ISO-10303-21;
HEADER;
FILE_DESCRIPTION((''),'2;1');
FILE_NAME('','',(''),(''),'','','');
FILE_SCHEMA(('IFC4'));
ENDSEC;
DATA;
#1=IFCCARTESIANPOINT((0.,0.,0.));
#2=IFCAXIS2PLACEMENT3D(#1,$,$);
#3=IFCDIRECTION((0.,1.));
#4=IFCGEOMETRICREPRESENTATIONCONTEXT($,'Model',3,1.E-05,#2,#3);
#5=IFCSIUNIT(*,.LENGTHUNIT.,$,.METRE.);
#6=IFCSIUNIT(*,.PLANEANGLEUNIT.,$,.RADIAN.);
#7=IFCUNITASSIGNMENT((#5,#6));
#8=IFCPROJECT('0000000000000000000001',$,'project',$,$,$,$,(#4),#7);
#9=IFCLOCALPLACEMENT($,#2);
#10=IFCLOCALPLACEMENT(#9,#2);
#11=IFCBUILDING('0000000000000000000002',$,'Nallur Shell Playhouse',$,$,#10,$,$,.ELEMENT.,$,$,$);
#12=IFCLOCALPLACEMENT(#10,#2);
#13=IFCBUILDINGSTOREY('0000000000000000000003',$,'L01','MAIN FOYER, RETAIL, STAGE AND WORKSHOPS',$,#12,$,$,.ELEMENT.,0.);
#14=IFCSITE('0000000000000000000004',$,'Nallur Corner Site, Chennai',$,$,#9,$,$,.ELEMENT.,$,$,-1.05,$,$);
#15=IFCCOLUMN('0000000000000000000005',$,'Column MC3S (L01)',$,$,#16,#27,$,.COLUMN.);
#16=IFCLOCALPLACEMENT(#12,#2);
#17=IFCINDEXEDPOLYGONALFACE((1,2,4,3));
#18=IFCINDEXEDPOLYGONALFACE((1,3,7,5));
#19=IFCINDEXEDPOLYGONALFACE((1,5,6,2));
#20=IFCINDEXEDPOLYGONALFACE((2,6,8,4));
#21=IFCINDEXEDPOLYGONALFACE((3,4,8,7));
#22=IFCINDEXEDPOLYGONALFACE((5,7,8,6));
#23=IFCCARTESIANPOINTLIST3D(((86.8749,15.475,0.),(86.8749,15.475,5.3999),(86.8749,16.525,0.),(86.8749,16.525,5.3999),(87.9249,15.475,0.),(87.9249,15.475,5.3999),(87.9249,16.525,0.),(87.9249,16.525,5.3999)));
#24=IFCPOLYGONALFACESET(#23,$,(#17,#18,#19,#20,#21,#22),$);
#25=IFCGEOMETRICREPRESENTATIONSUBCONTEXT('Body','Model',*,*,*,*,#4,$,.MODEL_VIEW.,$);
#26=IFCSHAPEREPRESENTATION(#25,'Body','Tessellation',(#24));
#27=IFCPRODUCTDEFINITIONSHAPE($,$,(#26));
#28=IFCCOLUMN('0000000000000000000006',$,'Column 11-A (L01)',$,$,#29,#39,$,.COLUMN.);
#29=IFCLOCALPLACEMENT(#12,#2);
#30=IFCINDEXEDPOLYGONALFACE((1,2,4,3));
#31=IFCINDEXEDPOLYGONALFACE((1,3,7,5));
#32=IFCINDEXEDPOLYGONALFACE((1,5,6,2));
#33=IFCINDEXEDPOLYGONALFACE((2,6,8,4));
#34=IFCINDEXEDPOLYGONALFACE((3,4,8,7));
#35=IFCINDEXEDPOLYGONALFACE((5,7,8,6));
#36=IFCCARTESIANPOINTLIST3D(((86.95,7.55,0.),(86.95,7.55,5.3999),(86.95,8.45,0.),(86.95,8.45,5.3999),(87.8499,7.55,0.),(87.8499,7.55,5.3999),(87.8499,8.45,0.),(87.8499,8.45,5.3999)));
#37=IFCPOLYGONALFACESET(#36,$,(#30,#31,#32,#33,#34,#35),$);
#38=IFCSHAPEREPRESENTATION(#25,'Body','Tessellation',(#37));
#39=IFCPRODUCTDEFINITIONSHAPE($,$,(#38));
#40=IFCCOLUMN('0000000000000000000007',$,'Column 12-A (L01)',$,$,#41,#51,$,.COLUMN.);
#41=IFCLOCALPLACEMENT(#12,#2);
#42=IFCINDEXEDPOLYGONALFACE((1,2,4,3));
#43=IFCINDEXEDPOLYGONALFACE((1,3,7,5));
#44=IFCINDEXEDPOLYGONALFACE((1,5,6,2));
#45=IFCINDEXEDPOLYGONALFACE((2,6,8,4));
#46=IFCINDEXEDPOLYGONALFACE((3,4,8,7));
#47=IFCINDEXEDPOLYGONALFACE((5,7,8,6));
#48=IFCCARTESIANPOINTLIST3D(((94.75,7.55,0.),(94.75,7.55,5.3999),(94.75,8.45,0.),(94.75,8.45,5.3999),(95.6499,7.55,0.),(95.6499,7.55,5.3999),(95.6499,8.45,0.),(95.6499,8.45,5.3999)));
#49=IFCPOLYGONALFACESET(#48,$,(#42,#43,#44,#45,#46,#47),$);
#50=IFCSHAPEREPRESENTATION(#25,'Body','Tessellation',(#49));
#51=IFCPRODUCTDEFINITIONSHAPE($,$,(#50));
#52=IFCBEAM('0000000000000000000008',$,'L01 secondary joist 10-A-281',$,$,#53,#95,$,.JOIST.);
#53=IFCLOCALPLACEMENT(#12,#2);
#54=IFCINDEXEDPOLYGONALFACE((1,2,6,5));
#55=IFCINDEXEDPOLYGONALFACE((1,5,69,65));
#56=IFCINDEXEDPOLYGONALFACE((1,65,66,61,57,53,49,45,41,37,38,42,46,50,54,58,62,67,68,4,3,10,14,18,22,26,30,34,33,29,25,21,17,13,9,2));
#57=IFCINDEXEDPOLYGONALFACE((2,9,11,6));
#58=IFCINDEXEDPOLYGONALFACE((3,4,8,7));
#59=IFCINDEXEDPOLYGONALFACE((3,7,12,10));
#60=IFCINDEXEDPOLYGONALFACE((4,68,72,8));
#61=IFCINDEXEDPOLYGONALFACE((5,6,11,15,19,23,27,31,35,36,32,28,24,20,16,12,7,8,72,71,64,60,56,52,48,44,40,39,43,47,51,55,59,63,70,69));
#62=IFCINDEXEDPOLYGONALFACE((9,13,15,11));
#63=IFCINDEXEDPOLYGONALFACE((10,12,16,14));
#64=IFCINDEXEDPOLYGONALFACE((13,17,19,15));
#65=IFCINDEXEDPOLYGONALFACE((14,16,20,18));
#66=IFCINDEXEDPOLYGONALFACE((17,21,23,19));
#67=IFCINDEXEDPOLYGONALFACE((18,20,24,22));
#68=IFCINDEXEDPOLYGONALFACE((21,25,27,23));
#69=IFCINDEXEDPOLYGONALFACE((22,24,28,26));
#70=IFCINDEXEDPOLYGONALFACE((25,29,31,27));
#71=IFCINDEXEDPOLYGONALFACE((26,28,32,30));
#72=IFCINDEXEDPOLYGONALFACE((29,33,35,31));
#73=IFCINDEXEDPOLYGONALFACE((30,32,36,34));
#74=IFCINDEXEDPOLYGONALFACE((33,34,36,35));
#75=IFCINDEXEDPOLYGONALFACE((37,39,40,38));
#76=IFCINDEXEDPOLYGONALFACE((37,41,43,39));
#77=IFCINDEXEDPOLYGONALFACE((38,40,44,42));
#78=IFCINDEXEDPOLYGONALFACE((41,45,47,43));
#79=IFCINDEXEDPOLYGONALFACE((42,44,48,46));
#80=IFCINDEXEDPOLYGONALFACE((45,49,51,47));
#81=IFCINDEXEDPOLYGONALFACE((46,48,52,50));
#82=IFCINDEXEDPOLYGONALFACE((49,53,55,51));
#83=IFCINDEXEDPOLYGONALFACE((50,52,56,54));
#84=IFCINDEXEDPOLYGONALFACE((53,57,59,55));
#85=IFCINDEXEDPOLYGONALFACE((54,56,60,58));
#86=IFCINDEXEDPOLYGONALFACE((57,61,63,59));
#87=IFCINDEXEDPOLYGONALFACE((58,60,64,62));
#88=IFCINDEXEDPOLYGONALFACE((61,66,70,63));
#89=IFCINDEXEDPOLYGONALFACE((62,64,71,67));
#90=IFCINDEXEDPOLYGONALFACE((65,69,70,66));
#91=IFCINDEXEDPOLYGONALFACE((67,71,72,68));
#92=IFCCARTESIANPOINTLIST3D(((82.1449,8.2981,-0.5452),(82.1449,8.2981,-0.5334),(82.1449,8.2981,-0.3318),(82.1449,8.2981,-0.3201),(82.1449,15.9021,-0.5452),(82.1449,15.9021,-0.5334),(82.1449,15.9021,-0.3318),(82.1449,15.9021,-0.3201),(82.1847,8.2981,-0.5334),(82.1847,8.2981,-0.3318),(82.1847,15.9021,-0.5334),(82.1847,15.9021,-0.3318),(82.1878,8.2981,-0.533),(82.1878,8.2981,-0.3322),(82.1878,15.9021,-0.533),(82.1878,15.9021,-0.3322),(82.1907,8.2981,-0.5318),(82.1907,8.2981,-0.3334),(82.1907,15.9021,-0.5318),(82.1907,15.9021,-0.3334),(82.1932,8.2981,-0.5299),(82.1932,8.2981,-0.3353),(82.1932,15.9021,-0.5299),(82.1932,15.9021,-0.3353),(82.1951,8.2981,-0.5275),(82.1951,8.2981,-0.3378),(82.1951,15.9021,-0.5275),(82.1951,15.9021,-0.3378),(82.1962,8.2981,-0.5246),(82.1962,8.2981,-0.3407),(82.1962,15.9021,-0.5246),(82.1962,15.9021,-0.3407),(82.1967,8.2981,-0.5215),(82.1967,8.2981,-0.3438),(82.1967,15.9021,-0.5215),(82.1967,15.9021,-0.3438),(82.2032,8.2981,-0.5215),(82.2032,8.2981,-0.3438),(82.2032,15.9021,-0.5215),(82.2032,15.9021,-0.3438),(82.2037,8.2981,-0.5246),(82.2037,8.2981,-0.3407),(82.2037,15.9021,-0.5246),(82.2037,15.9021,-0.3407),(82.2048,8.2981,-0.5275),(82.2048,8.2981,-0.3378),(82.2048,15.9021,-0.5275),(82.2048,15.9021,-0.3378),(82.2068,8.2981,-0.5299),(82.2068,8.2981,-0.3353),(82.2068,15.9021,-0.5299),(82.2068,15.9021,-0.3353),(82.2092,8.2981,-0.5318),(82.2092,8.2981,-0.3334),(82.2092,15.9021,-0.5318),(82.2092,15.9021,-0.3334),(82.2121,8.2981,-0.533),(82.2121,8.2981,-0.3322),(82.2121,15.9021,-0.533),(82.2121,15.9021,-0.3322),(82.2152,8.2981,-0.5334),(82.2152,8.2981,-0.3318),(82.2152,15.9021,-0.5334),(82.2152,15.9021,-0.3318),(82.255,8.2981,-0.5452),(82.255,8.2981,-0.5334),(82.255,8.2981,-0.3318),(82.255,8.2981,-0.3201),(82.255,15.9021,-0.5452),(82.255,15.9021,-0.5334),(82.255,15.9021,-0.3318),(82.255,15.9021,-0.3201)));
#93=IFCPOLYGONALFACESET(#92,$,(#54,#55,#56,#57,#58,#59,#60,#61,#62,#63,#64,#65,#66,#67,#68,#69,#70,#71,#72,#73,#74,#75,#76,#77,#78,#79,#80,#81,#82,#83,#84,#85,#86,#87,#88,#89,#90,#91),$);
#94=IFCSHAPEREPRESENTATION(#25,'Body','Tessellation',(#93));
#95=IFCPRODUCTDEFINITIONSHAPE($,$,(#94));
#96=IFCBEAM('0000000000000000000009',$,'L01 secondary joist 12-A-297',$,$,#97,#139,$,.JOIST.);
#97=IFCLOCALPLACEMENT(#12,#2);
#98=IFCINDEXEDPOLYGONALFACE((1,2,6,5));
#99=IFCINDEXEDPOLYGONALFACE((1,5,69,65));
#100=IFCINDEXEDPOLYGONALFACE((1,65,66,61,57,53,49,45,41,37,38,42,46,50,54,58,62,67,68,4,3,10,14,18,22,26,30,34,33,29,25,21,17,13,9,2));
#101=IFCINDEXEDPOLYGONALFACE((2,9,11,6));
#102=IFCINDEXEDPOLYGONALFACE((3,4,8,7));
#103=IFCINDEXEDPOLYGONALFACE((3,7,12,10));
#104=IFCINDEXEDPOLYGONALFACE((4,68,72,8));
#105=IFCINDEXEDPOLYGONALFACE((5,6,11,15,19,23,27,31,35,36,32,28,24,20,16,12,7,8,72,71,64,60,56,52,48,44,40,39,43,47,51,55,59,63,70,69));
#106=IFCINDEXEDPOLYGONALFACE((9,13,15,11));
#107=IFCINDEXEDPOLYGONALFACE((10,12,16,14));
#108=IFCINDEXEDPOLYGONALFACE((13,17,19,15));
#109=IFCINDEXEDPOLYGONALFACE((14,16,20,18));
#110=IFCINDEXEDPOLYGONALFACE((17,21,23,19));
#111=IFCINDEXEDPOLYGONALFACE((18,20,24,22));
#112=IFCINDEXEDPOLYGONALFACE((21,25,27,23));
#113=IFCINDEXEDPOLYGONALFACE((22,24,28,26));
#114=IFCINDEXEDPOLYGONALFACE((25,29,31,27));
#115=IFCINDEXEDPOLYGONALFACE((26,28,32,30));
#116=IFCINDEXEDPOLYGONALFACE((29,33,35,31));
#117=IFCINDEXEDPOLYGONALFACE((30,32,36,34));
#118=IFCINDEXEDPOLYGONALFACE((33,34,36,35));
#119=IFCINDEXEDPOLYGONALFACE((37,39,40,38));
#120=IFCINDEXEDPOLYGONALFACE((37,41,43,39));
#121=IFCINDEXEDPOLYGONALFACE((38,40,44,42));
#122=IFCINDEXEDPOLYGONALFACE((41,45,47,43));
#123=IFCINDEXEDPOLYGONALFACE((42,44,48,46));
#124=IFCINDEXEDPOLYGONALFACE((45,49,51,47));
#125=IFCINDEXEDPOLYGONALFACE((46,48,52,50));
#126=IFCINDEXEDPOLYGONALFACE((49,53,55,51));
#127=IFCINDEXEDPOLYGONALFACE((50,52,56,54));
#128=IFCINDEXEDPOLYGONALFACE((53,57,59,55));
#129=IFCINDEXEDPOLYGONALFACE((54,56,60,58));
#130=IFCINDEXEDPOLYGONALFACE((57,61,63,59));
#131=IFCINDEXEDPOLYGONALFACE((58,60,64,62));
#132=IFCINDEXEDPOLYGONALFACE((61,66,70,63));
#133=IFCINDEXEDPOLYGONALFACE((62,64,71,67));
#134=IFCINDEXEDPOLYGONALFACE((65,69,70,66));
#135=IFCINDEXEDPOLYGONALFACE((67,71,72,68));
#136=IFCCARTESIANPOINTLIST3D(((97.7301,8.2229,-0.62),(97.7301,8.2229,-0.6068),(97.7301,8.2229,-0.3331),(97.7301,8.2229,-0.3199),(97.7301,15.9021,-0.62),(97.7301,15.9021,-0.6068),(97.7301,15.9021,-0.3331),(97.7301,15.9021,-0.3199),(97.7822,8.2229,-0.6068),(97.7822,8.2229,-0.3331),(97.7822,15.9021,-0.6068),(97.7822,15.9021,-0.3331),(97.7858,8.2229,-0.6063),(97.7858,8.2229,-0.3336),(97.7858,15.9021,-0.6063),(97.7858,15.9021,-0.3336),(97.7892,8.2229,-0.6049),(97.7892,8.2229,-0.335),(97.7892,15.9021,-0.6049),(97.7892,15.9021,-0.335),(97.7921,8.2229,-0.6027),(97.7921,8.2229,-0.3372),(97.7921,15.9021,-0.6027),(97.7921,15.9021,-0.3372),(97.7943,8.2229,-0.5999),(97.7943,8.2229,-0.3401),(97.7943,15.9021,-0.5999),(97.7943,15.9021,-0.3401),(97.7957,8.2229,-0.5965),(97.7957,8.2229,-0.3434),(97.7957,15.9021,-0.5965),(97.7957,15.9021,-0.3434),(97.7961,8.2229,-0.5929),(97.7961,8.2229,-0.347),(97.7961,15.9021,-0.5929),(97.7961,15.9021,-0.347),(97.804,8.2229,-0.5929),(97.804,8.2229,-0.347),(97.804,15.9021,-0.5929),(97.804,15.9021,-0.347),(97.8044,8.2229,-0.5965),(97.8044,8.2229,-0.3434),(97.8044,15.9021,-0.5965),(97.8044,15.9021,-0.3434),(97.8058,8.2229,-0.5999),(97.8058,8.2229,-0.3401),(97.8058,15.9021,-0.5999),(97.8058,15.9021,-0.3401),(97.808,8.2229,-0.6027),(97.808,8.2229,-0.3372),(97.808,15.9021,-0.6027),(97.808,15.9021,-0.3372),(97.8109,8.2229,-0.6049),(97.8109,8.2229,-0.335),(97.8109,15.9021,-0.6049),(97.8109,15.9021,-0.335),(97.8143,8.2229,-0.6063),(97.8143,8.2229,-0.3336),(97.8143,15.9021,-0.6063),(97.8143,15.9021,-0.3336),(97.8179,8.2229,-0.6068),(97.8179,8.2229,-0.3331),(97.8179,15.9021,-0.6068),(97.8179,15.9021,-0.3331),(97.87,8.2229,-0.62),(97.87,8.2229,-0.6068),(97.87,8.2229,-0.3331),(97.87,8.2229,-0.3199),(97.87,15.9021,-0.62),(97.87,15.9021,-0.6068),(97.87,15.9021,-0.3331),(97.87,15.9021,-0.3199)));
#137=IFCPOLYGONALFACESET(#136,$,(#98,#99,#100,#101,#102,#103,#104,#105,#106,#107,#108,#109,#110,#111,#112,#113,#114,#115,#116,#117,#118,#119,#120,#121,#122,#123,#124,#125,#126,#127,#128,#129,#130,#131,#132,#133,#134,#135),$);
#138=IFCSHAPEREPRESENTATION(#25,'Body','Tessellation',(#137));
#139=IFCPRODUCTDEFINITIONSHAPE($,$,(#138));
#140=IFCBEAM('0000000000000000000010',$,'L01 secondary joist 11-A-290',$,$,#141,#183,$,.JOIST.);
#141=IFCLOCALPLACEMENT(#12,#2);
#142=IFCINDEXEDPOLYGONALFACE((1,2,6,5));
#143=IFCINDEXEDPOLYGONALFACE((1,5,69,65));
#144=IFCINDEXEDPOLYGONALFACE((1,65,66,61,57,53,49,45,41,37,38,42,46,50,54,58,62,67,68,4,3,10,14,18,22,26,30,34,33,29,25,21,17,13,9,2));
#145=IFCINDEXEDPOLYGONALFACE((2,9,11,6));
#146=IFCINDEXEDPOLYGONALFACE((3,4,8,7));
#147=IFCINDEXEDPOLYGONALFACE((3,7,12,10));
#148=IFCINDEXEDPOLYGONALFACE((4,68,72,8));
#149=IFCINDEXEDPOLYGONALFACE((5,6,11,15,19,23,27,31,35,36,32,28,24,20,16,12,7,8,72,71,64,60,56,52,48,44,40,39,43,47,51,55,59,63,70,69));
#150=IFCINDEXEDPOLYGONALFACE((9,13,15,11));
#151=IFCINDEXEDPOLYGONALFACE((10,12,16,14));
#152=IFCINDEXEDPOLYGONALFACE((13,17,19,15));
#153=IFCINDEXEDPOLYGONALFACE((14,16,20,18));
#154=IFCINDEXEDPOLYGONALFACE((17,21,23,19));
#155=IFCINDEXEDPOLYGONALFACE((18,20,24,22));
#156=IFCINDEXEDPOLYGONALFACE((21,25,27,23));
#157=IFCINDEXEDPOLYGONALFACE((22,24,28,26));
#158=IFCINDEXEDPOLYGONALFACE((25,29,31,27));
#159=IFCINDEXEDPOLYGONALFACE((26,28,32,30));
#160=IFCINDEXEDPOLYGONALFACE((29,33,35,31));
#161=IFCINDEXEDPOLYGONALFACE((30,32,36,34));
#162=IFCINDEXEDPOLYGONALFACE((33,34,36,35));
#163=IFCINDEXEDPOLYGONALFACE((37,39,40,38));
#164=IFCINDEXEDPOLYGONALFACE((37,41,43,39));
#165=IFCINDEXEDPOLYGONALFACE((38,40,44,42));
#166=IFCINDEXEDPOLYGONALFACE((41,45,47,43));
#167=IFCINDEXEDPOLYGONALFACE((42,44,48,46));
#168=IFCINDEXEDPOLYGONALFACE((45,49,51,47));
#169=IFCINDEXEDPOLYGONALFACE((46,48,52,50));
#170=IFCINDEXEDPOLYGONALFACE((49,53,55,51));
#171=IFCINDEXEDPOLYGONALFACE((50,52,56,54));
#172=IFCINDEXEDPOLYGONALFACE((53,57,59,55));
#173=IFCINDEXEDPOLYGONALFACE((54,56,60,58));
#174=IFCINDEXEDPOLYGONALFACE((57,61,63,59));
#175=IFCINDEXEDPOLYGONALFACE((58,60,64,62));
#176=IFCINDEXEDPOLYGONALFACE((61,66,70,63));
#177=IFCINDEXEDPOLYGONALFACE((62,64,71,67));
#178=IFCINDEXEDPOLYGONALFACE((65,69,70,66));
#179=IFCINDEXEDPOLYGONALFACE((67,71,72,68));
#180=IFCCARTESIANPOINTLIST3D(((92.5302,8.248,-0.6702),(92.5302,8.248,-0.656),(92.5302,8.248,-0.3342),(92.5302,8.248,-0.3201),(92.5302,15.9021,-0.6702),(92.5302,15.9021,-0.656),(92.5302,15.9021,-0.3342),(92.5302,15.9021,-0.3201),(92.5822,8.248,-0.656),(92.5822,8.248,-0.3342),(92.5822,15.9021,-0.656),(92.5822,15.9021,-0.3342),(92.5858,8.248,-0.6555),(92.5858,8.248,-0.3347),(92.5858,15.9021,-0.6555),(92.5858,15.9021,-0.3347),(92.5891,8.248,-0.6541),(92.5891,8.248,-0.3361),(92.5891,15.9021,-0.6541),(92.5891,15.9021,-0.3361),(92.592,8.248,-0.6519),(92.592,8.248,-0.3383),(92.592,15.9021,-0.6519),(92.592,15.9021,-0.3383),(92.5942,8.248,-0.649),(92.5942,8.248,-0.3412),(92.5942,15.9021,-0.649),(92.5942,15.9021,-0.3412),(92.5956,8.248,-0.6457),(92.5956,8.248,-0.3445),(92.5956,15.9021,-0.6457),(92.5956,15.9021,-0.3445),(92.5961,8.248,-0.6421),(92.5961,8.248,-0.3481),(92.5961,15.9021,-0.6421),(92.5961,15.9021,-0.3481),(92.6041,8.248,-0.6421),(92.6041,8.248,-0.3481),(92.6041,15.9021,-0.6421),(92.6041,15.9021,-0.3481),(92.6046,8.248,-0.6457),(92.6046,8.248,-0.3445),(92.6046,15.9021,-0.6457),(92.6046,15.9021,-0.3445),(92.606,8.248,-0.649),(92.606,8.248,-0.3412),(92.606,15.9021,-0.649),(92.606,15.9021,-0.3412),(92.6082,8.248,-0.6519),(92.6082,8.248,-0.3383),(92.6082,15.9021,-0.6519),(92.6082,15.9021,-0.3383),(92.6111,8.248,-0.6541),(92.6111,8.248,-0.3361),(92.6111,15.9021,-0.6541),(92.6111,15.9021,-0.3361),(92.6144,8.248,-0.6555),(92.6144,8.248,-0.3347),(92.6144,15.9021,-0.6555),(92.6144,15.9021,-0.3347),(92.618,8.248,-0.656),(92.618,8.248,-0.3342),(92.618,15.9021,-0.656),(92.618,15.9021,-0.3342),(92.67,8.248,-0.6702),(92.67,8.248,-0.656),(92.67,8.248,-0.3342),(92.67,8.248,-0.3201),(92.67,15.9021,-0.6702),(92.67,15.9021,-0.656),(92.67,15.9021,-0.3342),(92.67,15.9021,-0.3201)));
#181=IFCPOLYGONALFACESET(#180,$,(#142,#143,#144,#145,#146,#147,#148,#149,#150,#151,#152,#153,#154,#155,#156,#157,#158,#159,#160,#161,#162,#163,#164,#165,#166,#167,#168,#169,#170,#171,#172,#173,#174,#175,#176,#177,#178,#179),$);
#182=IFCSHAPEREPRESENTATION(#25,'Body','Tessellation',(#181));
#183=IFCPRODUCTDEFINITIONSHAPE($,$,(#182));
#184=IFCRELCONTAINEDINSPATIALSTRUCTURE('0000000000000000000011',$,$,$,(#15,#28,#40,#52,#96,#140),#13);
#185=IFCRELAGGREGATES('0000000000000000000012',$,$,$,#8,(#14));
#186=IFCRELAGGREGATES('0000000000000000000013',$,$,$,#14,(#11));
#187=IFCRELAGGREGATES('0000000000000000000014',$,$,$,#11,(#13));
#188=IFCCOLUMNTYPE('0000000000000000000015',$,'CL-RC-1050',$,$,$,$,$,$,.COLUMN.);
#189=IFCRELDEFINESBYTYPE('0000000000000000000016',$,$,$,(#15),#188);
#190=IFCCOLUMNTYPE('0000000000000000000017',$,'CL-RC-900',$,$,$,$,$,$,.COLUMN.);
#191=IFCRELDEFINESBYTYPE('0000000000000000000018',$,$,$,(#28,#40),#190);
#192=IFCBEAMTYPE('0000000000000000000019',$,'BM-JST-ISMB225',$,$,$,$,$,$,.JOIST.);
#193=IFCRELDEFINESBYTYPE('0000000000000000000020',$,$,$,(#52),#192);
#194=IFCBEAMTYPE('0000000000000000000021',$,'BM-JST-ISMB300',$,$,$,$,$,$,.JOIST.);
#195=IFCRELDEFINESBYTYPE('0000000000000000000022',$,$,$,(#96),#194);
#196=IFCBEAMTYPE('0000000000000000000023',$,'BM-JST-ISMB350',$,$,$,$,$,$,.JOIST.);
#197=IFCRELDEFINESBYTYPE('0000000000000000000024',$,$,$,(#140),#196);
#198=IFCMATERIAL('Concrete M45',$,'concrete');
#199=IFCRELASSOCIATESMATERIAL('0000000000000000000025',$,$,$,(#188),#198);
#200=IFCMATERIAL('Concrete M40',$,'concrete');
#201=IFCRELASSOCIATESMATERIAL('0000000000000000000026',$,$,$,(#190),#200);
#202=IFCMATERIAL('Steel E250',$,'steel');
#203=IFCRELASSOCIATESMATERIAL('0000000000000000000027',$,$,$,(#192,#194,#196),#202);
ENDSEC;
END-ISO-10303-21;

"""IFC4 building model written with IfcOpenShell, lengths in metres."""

from ifc_helpers import new_model, si_unit, direction, frame, origin, origin_2d, place, context, subcontext, project, spatial, rectangle, i_section, extrude, material, material_profile, profile_set, type_object, element, save


model = new_model("IFC4")

# Units and contexts
model_context = context("Model", 3, precision=1e-05, world=origin(), true_north=direction((0.0, 1.0)))
body_context = subcontext(model_context, "Body", "Model", "MODEL_VIEW")
ifc_project = project(units=[si_unit("LENGTHUNIT", "METRE"), si_unit("PLANEANGLEUNIT", "RADIAN")], contexts=[model_context])

# Site, building, storey
site_placement = place(None, origin())
site = spatial("IfcSite", under=ifc_project, at=site_placement, Name="Nallur Corner Site, Chennai", CompositionType="ELEMENT", RefElevation=-1.05)
building_placement = place(site_placement, origin())
building = spatial("IfcBuilding", under=site, at=building_placement, Name="Nallur Shell Playhouse", CompositionType="ELEMENT")
storey_placement = place(building_placement, origin())
storey = spatial("IfcBuildingStorey", under=building, at=storey_placement, Name="L01", Description="MAIN FOYER, RETAIL, STAGE AND WORKSHOPS", CompositionType="ELEMENT", Elevation=0.0)

# Columns
ifc_material_1 = material(Name="Concrete M45", Category="concrete")
ifc_material_profile_1 = material_profile(ifc_material_1, rectangle(XDim=1.05, YDim=1.05, at=origin_2d()), Name="RC 1050x1050")
ifc_profile_set_1 = profile_set([ifc_material_profile_1], Name="Concrete M45")
column_type_1 = type_object("IfcColumnType", Name="CL-RC-1050", PredefinedType="COLUMN", material=ifc_profile_set_1)
column_placement = place(storey_placement, frame((87.3999, 16.0, 0.0), z_axis=(0.0, 0.0, 1.0), x_axis=(1.0, 0.0, 0.0)))
element("IfcColumn", 1, at=column_placement, inside=storey, type_object=column_type_1, Name="Column MC3S (L01)", PredefinedType="COLUMN", context=body_context, shape_type="SweptSolid", body=[
    extrude(rectangle(XDim=1.05, YDim=1.05, at=origin_2d()), origin(), (0.0, 0.0, 1.0), 5.3999),
])
ifc_material_2 = material(Name="Concrete M40", Category="concrete")
ifc_material_profile_2 = material_profile(ifc_material_2, rectangle(XDim=0.8999, YDim=0.8999, at=origin_2d()), Name="RC 900x900")
ifc_profile_set_2 = profile_set([ifc_material_profile_2], Name="Concrete M40")
column_type_2 = type_object("IfcColumnType", Name="CL-RC-900", PredefinedType="COLUMN", material=ifc_profile_set_2)
for number, where, z_axis, x_axis, name in (
    (2, (87.3999, 8.0, 0.0), (0.0, 0.0, 1.0), (1.0, 0.0, 0.0), "Column 11-A (L01)"),
    (3, (95.2, 8.0, 0.0), (0.0, 0.0, 1.0), (1.0, 0.0, 0.0), "Column 12-A (L01)"),
):
    element("IfcColumn", number, at=place(storey_placement, frame(where, z_axis=z_axis, x_axis=x_axis)), inside=storey, type_object=column_type_2, Name=name, PredefinedType="COLUMN", context=body_context, shape_type="SweptSolid", body=[
        extrude(rectangle(XDim=0.8999, YDim=0.8999, at=origin_2d()), origin(), (0.0, 0.0, 1.0), 5.3999),
    ])

# Beams
ifc_material_3 = material(Name="Steel E250", Category="steel")
ifc_material_profile_3 = material_profile(ifc_material_3, i_section(OverallWidth=0.1101, OverallDepth=0.2251, WebThickness=0.0066, FlangeThickness=0.0117, FilletRadius=0.012, at=origin_2d()), Name="ISMB 225")
ifc_profile_set_3 = profile_set([ifc_material_profile_3], Name="Steel E250")
beam_type_1 = type_object("IfcBeamType", Name="BM-JST-ISMB225", PredefinedType="JOIST", material=ifc_profile_set_3)
beam_1_placement = place(storey_placement, frame((82.2, 8.2981, -0.4326), z_axis=(0.0, 1.0, 0.0), x_axis=(-1.0, 0.0, 0.0)))
element("IfcBeam", 4, at=beam_1_placement, inside=storey, type_object=beam_type_1, Name="L01 secondary joist 10-A-281", PredefinedType="JOIST", context=body_context, shape_type="SweptSolid", body=[
    extrude(i_section(OverallWidth=0.1101, OverallDepth=0.2251, WebThickness=0.0066, FlangeThickness=0.0117, FilletRadius=0.012, at=origin_2d()), origin(), (0.0, 0.0, 1.0), 7.604),
])
ifc_material_profile_4 = material_profile(ifc_material_3, i_section(OverallWidth=0.1399, OverallDepth=0.3, WebThickness=0.0078, FlangeThickness=0.0132, FilletRadius=0.0139, at=origin_2d()), Name="ISMB 300")
ifc_profile_set_4 = profile_set([ifc_material_profile_4], Name="Steel E250")
beam_type_2 = type_object("IfcBeamType", Name="BM-JST-ISMB300", PredefinedType="JOIST", material=ifc_profile_set_4)
beam_2_placement = place(storey_placement, frame((97.8, 8.2229, -0.47), z_axis=(0.0, 1.0, 0.0), x_axis=(-1.0, 0.0, 0.0)))
element("IfcBeam", 5, at=beam_2_placement, inside=storey, type_object=beam_type_2, Name="L01 secondary joist 12-A-297", PredefinedType="JOIST", context=body_context, shape_type="SweptSolid", body=[
    extrude(i_section(OverallWidth=0.1399, OverallDepth=0.3, WebThickness=0.0078, FlangeThickness=0.0132, FilletRadius=0.0139, at=origin_2d()), origin(), (0.0, 0.0, 1.0), 7.6792),
])
ifc_material_profile_5 = material_profile(ifc_material_3, i_section(OverallWidth=0.1399, OverallDepth=0.3501, WebThickness=0.0081, FlangeThickness=0.0142, FilletRadius=0.0139, at=origin_2d()), Name="ISMB 350")
ifc_profile_set_5 = profile_set([ifc_material_profile_5], Name="Steel E250")
beam_type_3 = type_object("IfcBeamType", Name="BM-JST-ISMB350", PredefinedType="JOIST", material=ifc_profile_set_5)
beam_3_placement = place(storey_placement, frame((92.6001, 8.248, -0.4951), z_axis=(0.0, 1.0, 0.0), x_axis=(-1.0, 0.0, 0.0)))
element("IfcBeam", 6, at=beam_3_placement, inside=storey, type_object=beam_type_3, Name="L01 secondary joist 11-A-290", PredefinedType="JOIST", context=body_context, shape_type="SweptSolid", body=[
    extrude(i_section(OverallWidth=0.1399, OverallDepth=0.3501, WebThickness=0.0081, FlangeThickness=0.0142, FilletRadius=0.0139, at=origin_2d()), origin(), (0.0, 0.0, 1.0), 7.6541),
])

save(model, "model.ifc")
